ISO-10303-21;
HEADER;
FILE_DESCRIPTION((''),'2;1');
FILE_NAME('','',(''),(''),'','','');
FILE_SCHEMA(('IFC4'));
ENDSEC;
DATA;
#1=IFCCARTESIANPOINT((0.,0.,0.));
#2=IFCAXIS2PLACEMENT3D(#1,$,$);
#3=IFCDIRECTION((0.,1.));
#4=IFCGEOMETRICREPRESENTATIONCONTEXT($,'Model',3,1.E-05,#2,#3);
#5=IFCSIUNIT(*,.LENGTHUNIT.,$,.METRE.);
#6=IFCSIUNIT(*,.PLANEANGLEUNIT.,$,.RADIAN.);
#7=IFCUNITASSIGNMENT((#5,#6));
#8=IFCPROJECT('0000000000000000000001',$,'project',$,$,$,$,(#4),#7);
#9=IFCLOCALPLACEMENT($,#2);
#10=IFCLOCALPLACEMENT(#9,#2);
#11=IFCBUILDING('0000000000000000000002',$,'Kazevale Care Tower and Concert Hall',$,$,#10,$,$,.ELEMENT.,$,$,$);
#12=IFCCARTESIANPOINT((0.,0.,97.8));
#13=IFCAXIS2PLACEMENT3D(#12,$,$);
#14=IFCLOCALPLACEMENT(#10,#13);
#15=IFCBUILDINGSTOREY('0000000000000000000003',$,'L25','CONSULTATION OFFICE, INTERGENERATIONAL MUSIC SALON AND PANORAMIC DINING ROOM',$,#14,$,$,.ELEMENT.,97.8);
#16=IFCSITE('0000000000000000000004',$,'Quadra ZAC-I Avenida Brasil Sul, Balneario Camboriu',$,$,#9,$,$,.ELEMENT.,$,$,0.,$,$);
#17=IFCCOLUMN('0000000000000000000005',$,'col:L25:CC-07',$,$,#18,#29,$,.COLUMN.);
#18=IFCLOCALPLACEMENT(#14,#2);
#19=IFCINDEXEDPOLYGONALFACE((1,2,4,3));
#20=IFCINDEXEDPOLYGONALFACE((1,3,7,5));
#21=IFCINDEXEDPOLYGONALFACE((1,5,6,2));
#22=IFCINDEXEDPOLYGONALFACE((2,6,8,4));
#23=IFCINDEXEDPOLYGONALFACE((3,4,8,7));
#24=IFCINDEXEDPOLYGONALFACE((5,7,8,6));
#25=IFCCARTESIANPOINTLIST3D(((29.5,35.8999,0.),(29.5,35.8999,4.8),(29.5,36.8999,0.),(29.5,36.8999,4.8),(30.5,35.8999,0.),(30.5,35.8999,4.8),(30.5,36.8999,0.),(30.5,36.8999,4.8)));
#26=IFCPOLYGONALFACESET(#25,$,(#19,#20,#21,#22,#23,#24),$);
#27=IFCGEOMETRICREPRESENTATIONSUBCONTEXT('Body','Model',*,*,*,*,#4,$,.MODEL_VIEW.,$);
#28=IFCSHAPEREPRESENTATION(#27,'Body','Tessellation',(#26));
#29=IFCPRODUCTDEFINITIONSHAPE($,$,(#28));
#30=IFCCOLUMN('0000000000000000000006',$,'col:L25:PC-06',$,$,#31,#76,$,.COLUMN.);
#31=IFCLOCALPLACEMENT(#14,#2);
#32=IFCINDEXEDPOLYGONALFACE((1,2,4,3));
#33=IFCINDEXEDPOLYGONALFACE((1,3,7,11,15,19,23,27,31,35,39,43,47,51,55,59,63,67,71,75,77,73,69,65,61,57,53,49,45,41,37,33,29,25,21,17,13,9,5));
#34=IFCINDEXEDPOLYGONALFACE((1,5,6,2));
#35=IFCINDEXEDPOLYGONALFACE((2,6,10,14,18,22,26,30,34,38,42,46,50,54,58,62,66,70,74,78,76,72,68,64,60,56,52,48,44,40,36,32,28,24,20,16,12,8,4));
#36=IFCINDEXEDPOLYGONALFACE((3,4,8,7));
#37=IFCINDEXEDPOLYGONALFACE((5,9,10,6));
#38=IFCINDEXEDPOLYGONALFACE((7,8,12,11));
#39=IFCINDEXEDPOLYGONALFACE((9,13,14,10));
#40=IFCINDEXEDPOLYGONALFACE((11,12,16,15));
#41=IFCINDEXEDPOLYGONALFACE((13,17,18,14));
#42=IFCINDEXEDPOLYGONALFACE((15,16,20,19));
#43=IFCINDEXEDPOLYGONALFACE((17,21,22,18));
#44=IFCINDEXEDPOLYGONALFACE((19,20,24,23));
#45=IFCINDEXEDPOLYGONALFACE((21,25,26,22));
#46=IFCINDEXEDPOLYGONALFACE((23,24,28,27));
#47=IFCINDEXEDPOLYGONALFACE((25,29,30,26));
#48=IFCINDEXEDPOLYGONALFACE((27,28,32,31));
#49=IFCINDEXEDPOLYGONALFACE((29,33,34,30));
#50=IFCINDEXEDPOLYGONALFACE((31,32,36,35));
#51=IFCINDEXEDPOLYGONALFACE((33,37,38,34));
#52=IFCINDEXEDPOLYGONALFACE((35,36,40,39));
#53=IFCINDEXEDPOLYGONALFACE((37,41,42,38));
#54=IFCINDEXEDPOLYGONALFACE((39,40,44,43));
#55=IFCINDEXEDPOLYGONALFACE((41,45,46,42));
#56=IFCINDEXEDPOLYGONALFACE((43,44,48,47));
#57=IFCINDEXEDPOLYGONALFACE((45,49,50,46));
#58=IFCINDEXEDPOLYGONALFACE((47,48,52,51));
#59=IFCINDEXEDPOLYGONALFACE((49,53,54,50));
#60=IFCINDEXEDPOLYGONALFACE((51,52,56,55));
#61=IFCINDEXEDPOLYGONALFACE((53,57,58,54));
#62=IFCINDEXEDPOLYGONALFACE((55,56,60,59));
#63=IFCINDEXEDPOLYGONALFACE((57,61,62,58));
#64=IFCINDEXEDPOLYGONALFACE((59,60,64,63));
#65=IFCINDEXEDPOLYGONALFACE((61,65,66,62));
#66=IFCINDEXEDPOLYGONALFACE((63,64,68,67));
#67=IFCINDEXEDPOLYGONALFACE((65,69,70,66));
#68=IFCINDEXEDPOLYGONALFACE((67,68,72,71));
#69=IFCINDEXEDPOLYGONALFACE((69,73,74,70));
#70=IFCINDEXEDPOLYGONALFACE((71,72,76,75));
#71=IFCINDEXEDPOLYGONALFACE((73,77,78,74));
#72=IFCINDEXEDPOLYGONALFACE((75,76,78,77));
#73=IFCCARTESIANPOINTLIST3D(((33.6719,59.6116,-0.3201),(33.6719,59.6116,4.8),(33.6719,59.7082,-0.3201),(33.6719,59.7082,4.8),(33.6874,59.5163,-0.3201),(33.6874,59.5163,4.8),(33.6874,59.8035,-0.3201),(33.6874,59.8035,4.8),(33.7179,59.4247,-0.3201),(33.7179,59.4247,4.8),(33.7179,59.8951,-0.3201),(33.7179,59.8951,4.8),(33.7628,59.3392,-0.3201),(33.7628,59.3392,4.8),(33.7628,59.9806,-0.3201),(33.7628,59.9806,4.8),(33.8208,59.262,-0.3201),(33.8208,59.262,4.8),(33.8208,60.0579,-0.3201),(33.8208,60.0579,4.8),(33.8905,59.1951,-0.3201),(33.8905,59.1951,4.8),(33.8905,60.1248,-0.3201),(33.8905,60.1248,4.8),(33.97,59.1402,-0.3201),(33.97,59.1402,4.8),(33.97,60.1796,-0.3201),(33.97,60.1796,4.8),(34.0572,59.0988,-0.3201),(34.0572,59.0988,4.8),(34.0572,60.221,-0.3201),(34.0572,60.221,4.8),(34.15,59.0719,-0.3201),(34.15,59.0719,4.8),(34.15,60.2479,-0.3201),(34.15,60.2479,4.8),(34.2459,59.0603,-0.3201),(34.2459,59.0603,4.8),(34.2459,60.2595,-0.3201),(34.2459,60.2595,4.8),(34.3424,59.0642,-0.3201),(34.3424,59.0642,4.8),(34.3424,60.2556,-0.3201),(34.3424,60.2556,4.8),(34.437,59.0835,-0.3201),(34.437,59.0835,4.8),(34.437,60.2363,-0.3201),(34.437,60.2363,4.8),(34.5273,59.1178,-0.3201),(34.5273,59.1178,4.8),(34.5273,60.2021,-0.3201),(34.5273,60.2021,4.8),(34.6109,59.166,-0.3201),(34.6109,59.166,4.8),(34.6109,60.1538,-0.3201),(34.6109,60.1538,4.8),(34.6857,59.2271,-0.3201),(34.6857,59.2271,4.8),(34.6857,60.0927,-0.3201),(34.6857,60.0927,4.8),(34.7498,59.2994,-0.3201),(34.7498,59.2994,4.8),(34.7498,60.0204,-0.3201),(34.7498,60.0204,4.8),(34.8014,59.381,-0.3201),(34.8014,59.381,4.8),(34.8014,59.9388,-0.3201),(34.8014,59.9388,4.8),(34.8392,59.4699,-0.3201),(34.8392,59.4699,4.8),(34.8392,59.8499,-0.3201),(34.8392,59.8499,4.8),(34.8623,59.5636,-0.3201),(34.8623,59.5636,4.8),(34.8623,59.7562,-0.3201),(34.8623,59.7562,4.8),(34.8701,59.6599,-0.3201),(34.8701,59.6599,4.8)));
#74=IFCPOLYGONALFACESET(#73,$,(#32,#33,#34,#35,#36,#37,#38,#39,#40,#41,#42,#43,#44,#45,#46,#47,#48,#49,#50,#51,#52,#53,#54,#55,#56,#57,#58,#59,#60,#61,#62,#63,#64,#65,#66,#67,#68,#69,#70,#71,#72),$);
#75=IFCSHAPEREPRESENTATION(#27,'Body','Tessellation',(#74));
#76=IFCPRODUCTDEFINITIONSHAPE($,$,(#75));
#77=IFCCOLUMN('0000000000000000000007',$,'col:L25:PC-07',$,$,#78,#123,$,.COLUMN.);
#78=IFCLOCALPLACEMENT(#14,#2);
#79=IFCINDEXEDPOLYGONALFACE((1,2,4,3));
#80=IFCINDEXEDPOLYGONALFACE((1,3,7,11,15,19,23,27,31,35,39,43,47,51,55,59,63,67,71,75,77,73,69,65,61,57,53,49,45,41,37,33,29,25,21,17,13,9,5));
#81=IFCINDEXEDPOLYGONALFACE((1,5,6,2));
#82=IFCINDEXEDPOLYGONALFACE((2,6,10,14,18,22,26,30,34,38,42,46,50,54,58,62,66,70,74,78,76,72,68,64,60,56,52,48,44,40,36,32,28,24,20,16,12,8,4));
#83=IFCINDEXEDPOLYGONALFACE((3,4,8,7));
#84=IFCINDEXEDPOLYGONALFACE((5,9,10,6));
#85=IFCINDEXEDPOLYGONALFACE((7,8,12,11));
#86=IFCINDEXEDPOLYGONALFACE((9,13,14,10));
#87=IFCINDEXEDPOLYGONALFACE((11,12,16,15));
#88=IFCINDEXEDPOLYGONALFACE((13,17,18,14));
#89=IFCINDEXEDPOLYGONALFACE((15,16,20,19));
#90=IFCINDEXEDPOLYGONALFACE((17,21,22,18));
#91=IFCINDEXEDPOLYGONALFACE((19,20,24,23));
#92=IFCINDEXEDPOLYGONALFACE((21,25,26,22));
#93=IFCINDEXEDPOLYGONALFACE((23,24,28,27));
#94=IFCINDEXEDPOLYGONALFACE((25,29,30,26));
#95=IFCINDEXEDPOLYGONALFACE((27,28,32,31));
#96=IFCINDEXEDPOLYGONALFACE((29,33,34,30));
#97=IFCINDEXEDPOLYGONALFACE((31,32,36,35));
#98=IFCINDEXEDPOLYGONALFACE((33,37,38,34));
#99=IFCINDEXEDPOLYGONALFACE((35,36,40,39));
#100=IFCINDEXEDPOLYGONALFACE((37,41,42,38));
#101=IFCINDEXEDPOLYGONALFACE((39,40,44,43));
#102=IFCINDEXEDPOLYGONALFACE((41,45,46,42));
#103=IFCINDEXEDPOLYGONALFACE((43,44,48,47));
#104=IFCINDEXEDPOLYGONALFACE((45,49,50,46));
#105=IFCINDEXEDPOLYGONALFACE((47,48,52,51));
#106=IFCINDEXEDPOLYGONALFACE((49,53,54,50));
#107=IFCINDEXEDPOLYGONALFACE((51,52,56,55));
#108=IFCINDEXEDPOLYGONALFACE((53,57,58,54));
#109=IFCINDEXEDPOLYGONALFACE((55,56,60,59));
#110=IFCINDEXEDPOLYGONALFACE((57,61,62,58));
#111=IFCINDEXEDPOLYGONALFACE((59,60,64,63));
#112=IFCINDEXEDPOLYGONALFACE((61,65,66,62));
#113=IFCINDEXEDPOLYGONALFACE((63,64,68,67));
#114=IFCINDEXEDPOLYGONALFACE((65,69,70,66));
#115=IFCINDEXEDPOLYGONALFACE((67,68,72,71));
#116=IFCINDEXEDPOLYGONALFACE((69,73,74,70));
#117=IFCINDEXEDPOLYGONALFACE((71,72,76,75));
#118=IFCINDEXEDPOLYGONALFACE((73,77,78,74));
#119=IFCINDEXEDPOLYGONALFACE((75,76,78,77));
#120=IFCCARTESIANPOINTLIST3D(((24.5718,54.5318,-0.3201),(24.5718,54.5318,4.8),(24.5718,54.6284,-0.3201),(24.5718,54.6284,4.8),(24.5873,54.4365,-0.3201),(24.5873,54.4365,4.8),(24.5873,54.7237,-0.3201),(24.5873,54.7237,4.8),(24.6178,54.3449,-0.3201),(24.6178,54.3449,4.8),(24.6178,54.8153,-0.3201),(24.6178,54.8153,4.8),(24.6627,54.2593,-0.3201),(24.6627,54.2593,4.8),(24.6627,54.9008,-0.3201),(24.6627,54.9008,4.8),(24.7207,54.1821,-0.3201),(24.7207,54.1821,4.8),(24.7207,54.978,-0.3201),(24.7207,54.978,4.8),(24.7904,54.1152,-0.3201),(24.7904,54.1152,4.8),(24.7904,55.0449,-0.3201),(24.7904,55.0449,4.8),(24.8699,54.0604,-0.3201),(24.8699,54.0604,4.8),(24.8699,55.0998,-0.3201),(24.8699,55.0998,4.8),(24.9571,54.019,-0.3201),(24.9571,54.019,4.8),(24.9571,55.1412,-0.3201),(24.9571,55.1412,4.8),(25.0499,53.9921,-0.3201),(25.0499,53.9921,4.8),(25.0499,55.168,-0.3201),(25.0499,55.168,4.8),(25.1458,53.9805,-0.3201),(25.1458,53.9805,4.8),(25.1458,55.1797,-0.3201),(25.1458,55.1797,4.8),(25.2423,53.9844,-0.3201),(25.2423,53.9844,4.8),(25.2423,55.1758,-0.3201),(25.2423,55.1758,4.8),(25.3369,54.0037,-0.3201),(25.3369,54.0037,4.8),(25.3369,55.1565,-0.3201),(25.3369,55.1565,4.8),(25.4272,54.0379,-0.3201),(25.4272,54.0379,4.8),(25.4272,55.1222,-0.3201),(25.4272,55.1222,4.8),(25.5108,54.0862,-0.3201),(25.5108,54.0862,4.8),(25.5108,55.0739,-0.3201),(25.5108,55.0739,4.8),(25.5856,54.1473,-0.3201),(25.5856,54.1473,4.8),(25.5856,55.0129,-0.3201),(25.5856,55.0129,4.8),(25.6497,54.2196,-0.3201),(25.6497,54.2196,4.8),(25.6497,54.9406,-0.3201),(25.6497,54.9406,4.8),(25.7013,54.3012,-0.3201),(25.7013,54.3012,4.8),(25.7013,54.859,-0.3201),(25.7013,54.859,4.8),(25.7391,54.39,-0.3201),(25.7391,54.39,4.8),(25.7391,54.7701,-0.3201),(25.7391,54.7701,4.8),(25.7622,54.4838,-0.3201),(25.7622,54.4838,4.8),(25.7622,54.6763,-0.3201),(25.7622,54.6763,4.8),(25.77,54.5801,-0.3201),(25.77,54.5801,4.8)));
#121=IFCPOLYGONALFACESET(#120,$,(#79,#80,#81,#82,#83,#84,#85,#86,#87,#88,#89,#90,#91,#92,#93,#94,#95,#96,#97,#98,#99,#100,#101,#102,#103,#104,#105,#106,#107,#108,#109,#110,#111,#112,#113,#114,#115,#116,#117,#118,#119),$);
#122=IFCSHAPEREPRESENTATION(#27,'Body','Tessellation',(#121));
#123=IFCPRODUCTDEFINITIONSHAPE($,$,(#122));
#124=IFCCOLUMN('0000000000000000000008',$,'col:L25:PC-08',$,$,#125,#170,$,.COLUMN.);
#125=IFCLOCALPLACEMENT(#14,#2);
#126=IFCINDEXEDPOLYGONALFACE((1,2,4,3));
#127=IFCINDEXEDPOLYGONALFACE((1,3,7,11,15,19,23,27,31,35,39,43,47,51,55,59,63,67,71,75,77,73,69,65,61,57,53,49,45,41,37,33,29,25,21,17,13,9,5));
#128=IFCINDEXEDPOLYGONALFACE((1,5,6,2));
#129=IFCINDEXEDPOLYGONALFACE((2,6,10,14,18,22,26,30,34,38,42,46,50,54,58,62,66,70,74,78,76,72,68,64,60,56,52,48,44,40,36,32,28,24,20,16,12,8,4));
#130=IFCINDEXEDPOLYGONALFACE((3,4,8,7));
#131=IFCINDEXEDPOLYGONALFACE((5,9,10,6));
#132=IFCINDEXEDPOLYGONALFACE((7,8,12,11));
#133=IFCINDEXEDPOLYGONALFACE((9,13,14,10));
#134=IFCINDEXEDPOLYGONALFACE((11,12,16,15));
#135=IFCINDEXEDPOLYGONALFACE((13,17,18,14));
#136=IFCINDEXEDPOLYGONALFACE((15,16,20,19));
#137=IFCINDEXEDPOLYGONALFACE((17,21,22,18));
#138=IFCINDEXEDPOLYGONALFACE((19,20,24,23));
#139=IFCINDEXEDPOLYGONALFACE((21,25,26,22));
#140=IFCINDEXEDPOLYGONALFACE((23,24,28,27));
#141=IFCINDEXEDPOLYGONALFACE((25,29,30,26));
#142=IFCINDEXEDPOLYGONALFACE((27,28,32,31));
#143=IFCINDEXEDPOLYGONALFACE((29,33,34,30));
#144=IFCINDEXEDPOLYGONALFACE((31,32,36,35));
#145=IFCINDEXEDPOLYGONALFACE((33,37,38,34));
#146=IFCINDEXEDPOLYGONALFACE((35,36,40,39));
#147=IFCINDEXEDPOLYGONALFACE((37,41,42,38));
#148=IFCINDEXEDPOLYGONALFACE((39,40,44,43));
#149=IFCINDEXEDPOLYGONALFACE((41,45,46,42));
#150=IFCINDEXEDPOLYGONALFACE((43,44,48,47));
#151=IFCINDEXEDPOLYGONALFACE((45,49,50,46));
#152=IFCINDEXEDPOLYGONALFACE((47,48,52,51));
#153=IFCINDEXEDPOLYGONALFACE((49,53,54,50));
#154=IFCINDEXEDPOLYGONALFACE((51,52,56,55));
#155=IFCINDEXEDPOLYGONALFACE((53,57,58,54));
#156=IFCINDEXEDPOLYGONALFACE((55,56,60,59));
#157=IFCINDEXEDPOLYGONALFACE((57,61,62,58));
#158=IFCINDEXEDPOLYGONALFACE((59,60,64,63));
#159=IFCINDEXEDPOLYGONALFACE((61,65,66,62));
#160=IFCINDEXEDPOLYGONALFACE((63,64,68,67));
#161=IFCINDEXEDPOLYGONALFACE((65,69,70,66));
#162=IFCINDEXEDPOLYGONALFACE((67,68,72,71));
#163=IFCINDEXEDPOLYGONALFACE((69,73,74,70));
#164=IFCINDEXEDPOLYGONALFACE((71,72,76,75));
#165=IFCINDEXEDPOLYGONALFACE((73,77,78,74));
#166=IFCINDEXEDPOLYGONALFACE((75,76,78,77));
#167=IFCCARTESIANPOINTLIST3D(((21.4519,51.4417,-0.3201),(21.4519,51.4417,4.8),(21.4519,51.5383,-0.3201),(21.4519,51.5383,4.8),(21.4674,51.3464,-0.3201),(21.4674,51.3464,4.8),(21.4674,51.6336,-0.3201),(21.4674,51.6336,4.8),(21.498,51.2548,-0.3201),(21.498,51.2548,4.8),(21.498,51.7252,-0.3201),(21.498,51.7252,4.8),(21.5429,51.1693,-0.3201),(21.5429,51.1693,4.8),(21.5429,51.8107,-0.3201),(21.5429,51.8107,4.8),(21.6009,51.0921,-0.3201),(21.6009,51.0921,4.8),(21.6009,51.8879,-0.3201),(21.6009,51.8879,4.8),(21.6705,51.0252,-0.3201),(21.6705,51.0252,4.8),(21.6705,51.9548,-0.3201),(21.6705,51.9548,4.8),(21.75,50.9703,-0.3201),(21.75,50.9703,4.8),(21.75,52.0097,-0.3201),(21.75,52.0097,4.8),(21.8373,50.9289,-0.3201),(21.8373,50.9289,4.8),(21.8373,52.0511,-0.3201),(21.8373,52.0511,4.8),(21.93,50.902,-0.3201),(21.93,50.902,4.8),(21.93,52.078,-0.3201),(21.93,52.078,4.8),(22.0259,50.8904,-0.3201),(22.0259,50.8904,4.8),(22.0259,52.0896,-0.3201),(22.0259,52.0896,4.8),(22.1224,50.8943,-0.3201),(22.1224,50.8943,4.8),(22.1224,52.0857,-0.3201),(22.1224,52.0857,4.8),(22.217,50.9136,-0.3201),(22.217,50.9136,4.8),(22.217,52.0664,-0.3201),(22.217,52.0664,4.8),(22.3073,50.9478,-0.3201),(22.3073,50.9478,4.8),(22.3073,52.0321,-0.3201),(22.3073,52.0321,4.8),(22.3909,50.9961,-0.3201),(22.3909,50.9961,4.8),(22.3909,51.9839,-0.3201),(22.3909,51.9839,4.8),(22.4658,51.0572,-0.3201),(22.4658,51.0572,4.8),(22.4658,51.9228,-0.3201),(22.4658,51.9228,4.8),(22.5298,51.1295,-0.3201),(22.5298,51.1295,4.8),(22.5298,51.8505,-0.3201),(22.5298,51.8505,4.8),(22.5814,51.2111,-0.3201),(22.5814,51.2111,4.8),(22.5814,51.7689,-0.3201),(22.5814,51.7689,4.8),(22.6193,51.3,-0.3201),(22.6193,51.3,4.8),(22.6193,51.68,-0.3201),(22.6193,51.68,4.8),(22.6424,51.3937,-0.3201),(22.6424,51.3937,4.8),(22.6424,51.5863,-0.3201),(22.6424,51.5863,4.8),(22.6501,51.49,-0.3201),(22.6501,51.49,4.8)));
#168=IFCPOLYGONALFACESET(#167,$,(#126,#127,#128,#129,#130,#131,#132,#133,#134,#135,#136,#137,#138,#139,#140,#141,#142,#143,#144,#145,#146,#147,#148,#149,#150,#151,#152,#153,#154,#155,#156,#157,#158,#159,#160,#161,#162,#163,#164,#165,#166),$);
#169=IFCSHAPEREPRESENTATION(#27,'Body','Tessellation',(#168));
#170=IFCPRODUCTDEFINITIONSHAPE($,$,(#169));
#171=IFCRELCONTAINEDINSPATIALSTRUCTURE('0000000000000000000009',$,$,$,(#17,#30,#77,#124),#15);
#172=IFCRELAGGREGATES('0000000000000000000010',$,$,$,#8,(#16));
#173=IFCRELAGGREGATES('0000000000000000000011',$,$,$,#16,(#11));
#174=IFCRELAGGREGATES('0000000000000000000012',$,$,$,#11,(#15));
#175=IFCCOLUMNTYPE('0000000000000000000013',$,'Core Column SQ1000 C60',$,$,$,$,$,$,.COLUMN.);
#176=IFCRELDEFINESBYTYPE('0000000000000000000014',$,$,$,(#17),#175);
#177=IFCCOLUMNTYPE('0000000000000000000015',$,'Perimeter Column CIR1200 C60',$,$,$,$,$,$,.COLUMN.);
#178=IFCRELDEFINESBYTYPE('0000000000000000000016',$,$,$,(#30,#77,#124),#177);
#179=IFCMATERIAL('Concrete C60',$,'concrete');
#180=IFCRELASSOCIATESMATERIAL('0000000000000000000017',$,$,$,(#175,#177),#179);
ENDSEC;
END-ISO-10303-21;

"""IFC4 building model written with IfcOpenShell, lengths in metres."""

from ifc_helpers import new_model, si_unit, direction, frame, origin, origin_2d, place, context, subcontext, project, spatial, rectangle, circle, extrude, material, material_profile, profile_set, type_object, element, save


model = new_model("IFC4")

# Units and contexts
model_context = context("Model", 3, precision=1e-05, world=origin(), true_north=direction((0.0, 1.0)))
body_context = subcontext(model_context, "Body", "Model", "MODEL_VIEW")
ifc_project = project(units=[si_unit("LENGTHUNIT", "METRE"), si_unit("PLANEANGLEUNIT", "RADIAN")], contexts=[model_context])

# Site, building, storey
site_placement = place(None, origin())
site = spatial("IfcSite", under=ifc_project, at=site_placement, Name="Quadra ZAC-I Avenida Brasil Sul, Balneario Camboriu", CompositionType="ELEMENT", RefElevation=0.0)
building_placement = place(site_placement, origin())
building = spatial("IfcBuilding", under=site, at=building_placement, Name="Kazevale Care Tower and Concert Hall", CompositionType="ELEMENT")
storey_placement = place(building_placement, frame((0.0, 0.0, 97.8)))
storey = spatial("IfcBuildingStorey", under=building, at=storey_placement, Name="L25", Description="CONSULTATION OFFICE, INTERGENERATIONAL MUSIC SALON AND PANORAMIC DINING ROOM", CompositionType="ELEMENT", Elevation=97.8)

# Columns
ifc_material_1 = material(Name="Concrete C60", Category="concrete")
ifc_material_profile_1 = material_profile(ifc_material_1, rectangle(XDim=1.0, YDim=1.0, at=origin_2d()), Name="RC-SQ1000")
ifc_profile_set_1 = profile_set([ifc_material_profile_1], Name="Concrete C60")
column_type_1 = type_object("IfcColumnType", Name="Core Column SQ1000 C60", PredefinedType="COLUMN", material=ifc_profile_set_1)
column_placement = place(storey_placement, frame((30.0, 36.3999, 0.0), z_axis=(0.0, 0.0, 1.0), x_axis=(1.0, 0.0, 0.0)))
element("IfcColumn", 1, at=column_placement, inside=storey, type_object=column_type_1, Name="col:L25:CC-07", PredefinedType="COLUMN", context=body_context, shape_type="SweptSolid", body=[
    extrude(rectangle(XDim=1.0, YDim=1.0, at=origin_2d()), origin(), (0.0, 0.0, 1.0), 4.8),
])
ifc_material_profile_2 = material_profile(ifc_material_1, circle(Radius=0.6001, at=origin_2d()), Name="RC-CIR1200")
ifc_profile_set_2 = profile_set([ifc_material_profile_2], Name="Concrete C60")
column_type_2 = type_object("IfcColumnType", Name="Perimeter Column CIR1200 C60", PredefinedType="COLUMN", material=ifc_profile_set_2)
for number, where, z_axis, x_axis, name in (
    (2, (34.27, 59.6599, -0.3201), (0.0, 0.0, 1.0), (1.0, 0.0, 0.0), "col:L25:PC-06"),
    (3, (25.1699, 54.5801, -0.3201), (0.0, 0.0, 1.0), (1.0, 0.0, 0.0), "col:L25:PC-07"),
    (4, (22.05, 51.49, -0.3201), (0.0, 0.0, 1.0), (1.0, 0.0, 0.0), "col:L25:PC-08"),
):
    element("IfcColumn", number, at=place(storey_placement, frame(where, z_axis=z_axis, x_axis=x_axis)), inside=storey, type_object=column_type_2, Name=name, PredefinedType="COLUMN", context=body_context, shape_type="SweptSolid", body=[
        extrude(circle(Radius=0.6001, at=origin_2d()), origin(), (0.0, 0.0, 1.0), 5.1201),
    ])

save(model, "model.ifc")
